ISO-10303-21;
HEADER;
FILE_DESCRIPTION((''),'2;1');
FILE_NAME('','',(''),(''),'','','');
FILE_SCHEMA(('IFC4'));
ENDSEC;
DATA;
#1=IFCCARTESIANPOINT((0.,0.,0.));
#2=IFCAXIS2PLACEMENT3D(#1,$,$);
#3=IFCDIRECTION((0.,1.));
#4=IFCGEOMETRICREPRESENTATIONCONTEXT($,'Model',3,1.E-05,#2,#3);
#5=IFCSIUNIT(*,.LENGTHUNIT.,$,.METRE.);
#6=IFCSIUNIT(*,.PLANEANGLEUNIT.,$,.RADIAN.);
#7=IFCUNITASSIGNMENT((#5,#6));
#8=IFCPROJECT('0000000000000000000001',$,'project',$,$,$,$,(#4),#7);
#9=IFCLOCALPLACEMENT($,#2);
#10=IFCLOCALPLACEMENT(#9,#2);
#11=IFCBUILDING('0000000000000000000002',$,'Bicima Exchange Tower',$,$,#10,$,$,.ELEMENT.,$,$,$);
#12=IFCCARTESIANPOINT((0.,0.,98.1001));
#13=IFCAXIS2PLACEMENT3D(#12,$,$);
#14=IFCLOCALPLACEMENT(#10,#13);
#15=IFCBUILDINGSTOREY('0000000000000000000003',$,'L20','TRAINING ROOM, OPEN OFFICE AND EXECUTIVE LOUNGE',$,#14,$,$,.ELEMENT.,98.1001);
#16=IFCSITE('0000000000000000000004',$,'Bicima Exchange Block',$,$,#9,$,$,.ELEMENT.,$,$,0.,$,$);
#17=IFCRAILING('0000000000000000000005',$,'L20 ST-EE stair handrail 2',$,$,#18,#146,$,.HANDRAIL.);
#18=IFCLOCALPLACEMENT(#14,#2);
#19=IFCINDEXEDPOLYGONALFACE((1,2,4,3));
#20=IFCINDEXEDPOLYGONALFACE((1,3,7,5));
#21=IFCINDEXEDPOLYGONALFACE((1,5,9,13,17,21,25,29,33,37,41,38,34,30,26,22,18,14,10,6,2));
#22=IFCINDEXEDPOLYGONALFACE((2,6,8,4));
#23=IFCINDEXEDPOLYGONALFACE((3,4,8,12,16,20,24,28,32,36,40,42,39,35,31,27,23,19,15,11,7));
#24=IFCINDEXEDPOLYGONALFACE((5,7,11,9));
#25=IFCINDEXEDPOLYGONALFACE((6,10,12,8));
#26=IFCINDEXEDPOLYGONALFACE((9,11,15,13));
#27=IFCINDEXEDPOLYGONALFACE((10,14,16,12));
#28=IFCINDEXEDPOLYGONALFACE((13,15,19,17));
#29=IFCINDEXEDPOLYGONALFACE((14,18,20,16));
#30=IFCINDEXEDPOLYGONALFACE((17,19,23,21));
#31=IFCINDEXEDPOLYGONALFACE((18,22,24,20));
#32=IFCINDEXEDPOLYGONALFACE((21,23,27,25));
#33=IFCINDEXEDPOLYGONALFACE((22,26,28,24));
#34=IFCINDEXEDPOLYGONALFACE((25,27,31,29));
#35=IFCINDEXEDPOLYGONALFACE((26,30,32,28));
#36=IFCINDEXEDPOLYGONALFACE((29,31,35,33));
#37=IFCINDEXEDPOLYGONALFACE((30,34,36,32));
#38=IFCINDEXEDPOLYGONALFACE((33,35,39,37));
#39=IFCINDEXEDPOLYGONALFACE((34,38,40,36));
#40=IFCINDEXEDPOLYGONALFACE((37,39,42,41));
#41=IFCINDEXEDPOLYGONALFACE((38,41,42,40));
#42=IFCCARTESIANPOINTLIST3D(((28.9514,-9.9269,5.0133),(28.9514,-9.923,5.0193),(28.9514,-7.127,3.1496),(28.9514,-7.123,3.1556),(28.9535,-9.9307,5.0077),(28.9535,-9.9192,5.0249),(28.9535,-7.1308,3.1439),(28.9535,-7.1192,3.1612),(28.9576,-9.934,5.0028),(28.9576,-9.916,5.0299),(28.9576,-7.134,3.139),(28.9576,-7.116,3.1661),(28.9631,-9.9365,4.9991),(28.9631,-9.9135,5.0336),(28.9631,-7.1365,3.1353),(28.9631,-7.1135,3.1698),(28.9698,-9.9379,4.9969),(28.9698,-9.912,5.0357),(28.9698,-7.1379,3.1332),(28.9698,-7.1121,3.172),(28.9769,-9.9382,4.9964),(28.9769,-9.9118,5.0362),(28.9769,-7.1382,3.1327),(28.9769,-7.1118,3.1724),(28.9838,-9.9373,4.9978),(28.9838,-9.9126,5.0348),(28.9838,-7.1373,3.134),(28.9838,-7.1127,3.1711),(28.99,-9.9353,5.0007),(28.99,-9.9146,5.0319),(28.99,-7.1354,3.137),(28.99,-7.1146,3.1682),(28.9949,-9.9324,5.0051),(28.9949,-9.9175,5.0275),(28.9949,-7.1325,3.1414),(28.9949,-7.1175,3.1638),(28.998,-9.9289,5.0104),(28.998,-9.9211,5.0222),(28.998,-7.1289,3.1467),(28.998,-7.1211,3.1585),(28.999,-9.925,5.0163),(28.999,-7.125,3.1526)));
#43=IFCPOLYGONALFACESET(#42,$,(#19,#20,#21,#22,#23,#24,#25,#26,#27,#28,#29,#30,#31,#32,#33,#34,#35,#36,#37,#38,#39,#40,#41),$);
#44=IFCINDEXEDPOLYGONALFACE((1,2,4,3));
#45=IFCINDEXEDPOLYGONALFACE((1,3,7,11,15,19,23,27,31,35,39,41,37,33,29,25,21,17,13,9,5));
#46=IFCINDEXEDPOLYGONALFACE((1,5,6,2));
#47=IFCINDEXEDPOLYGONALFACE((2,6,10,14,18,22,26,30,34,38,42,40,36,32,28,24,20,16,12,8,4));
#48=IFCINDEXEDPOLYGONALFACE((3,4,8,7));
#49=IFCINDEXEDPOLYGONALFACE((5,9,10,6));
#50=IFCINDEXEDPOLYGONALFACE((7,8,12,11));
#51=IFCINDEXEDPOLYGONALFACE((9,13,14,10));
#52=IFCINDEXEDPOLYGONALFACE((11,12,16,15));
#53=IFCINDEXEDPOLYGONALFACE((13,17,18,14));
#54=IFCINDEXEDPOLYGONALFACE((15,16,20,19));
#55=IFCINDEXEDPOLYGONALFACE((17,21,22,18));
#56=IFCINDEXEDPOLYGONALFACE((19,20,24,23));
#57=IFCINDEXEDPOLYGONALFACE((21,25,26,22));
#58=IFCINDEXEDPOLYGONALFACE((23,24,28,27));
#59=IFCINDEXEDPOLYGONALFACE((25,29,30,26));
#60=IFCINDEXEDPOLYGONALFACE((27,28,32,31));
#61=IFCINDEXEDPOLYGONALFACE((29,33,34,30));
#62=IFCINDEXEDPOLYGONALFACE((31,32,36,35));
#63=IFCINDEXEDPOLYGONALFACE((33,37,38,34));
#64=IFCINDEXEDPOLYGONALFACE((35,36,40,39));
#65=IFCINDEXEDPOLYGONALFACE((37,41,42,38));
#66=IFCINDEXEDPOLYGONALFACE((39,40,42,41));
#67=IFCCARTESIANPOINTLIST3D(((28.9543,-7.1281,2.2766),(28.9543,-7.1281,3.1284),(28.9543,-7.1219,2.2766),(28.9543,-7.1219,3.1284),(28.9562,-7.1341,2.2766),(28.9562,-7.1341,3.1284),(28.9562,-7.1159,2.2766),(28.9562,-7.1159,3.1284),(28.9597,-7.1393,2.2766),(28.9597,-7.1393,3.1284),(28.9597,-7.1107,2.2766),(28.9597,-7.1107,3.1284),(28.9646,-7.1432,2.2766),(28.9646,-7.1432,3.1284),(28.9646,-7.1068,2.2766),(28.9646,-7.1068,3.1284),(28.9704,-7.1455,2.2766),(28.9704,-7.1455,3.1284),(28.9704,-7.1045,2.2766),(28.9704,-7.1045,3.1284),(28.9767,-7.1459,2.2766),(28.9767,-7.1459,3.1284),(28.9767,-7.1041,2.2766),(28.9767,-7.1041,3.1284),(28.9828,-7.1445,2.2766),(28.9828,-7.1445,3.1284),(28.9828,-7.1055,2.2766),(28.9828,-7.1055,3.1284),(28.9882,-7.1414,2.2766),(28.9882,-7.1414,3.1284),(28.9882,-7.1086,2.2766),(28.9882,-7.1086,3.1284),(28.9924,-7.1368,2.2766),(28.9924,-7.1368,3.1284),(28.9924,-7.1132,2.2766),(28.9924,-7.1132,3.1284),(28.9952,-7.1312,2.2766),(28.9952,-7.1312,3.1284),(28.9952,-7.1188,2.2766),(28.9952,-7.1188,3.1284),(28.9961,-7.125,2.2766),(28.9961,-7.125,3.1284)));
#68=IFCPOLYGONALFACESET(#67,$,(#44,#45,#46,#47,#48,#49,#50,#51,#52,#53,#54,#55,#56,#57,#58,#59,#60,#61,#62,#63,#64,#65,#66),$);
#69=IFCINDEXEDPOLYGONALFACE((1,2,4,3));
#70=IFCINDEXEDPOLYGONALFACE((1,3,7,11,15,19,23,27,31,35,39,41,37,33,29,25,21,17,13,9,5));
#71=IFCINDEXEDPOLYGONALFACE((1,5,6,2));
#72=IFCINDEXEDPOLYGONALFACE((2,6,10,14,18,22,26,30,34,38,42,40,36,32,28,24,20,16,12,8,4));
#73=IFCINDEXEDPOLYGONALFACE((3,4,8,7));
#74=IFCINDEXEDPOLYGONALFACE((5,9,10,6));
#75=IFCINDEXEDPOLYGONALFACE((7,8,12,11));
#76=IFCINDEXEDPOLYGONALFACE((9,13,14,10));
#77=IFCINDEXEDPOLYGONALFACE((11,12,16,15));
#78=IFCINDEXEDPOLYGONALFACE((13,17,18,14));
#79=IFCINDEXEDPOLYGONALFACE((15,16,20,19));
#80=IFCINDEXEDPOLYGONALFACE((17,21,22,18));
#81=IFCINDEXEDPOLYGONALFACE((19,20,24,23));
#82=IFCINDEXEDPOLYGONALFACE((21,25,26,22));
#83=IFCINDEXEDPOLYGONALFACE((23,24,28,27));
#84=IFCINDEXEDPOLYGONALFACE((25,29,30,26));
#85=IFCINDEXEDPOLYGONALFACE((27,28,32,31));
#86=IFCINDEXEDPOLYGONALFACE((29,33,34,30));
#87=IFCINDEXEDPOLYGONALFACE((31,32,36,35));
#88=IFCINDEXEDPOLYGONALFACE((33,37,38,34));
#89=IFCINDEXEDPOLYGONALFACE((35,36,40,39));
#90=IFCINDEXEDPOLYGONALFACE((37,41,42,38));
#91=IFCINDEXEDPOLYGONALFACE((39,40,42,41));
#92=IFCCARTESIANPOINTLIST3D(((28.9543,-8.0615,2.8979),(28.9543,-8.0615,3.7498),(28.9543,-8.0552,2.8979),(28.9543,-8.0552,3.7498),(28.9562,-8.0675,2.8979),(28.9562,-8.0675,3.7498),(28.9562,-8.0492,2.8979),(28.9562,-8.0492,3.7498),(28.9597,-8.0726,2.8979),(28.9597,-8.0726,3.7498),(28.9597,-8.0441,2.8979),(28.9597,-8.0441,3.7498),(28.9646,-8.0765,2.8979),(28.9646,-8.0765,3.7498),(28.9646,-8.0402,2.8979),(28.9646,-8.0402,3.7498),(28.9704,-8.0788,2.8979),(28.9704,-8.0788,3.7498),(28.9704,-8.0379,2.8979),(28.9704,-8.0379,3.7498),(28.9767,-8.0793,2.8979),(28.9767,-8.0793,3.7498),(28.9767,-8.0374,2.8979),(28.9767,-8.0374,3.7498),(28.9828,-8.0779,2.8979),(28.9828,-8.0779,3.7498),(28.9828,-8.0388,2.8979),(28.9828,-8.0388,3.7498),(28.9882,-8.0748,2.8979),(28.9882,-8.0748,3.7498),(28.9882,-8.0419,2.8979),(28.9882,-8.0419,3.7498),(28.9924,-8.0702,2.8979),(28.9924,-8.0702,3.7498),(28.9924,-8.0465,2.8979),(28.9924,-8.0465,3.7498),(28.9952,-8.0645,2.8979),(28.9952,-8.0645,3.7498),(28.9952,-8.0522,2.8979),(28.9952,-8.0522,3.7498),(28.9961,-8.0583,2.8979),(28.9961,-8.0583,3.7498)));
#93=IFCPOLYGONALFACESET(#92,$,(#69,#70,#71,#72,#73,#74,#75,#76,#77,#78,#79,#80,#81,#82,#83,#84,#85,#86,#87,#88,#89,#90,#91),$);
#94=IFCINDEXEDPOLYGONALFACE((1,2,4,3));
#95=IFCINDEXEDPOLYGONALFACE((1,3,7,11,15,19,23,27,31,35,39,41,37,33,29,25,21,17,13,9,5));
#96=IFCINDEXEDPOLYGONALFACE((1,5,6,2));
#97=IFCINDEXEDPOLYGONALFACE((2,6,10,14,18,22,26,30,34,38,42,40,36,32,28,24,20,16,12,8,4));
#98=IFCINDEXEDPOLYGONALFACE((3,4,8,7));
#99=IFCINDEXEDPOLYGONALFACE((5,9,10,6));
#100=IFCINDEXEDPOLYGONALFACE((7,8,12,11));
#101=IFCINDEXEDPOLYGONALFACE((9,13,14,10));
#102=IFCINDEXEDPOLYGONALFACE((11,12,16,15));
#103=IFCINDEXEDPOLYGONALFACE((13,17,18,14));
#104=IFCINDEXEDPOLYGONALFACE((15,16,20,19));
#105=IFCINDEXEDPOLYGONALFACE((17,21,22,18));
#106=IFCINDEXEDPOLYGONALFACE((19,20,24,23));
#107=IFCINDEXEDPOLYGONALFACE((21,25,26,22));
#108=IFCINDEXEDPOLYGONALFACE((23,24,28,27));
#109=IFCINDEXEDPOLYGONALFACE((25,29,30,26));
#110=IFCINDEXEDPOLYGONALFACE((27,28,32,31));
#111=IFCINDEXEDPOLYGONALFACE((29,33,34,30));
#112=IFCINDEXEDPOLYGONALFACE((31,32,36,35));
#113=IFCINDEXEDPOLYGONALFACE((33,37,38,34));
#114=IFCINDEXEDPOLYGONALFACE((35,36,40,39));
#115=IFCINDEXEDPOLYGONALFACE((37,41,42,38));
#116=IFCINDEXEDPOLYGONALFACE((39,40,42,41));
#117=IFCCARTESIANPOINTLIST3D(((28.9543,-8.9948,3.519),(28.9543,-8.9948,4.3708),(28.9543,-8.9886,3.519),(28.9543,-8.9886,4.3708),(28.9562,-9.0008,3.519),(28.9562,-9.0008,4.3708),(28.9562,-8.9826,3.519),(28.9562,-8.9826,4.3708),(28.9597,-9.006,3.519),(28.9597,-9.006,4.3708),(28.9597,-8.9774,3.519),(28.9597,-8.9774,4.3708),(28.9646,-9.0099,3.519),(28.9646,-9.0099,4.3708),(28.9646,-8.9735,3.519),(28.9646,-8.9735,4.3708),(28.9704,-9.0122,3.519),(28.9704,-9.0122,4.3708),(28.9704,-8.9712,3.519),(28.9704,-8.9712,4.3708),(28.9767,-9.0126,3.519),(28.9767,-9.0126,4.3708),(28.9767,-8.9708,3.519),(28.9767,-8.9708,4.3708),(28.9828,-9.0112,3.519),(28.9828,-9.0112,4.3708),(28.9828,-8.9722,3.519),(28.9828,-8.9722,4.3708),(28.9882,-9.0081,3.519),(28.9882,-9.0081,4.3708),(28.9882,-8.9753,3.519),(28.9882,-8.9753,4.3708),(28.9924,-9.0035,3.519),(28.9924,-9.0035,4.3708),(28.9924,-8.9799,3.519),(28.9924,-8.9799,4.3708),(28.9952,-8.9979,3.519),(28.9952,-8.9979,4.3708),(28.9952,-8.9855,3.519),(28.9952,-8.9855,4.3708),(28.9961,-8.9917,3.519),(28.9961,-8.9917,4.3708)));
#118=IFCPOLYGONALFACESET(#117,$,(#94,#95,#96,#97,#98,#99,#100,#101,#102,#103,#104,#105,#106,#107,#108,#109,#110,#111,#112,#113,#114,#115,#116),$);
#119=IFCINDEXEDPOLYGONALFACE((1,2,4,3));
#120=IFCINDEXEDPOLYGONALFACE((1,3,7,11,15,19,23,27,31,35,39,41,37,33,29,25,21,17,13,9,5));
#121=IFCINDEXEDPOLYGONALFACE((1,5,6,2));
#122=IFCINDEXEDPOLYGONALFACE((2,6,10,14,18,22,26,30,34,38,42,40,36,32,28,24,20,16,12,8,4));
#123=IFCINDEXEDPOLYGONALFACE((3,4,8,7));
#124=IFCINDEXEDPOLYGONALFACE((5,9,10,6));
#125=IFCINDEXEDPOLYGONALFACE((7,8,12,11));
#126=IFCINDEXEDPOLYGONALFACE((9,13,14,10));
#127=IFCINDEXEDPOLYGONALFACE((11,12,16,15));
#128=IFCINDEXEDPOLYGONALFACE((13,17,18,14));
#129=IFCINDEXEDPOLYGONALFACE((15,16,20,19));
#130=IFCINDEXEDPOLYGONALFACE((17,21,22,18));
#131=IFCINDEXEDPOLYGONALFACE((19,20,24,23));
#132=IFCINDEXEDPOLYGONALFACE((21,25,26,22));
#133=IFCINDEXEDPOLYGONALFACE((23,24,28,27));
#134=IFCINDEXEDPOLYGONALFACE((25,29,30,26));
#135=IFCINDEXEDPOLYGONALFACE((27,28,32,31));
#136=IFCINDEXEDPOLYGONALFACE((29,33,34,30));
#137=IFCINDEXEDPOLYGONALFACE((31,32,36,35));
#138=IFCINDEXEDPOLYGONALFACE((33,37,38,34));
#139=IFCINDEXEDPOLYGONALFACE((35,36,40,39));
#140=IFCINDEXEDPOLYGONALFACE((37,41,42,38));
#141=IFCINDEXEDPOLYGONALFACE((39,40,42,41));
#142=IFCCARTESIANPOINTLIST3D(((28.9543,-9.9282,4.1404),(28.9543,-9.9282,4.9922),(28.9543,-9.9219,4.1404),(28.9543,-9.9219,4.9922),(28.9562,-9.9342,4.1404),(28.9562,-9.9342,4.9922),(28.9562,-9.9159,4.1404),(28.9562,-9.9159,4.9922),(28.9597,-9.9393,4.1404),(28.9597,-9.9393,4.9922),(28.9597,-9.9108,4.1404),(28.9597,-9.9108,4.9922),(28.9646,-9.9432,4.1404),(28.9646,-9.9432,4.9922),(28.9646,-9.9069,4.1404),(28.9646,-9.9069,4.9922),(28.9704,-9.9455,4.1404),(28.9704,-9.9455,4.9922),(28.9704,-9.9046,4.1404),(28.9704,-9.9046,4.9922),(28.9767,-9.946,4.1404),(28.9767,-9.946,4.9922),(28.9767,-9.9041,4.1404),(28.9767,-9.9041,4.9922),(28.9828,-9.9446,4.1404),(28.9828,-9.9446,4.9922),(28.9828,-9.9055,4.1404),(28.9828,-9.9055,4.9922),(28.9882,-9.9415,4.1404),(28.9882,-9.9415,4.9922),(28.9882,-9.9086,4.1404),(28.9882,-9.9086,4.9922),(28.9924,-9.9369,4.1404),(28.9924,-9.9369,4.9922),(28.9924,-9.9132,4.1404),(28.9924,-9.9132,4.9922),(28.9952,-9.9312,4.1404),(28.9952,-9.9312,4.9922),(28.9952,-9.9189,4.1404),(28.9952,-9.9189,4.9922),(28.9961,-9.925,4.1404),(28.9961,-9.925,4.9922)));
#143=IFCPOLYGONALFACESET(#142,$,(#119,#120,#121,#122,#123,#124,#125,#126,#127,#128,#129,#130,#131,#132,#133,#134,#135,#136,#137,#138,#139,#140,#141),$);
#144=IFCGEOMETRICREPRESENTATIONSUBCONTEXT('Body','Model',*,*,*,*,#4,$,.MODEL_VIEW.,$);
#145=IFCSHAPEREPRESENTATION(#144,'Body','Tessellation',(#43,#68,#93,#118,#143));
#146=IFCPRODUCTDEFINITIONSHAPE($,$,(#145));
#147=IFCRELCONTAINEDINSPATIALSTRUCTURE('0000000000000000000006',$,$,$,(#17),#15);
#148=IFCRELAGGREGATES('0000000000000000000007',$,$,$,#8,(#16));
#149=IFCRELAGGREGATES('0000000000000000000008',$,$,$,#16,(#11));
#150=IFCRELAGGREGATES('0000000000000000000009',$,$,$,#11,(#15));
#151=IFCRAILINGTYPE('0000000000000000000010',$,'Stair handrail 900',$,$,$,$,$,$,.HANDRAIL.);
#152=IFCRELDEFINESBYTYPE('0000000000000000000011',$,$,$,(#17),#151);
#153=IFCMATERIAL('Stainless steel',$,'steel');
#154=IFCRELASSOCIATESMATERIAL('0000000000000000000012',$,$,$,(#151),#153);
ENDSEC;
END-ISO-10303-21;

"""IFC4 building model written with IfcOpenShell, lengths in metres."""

from ifc_helpers import new_model, si_unit, direction, frame, origin, origin_2d, place, context, subcontext, project, spatial, circle, extrude, material, type_object, element, save


model = new_model("IFC4")

# Units and contexts
model_context = context("Model", 3, precision=1e-05, world=origin(), true_north=direction((0.0, 1.0)))
body_context = subcontext(model_context, "Body", "Model", "MODEL_VIEW")
ifc_project = project(units=[si_unit("LENGTHUNIT", "METRE"), si_unit("PLANEANGLEUNIT", "RADIAN")], contexts=[model_context])

# Site, building, storey
site_placement = place(None, origin())
site = spatial("IfcSite", under=ifc_project, at=site_placement, Name="Bicima Exchange Block", CompositionType="ELEMENT", RefElevation=0.0)
building_placement = place(site_placement, origin())
building = spatial("IfcBuilding", under=site, at=building_placement, Name="Bicima Exchange Tower", CompositionType="ELEMENT")
storey_placement = place(building_placement, frame((0.0, 0.0, 98.1001)))
storey = spatial("IfcBuildingStorey", under=building, at=storey_placement, Name="L20", Description="TRAINING ROOM, OPEN OFFICE AND EXECUTIVE LOUNGE", CompositionType="ELEMENT", Elevation=98.1001)

# Railing
ifc_material_1 = material(Name="Stainless steel", Category="steel")
railing_type_1 = type_object("IfcRailingType", Name="Stair handrail 900", PredefinedType="HANDRAIL", material=ifc_material_1)
railing_1_placement = place(storey_placement, frame((28.9751, -7.125, 2.2766)))
element("IfcRailing", 1, at=railing_1_placement, inside=storey, type_object=railing_type_1, Name="L20 ST-EE stair handrail 2", PredefinedType="HANDRAIL", context=body_context, shape_type="SweptSolid", body=[
    extrude(circle(Radius=0.0239, at=origin_2d()), frame((0.0, 0.0, 0.876), z_axis=(0.0, -0.832452, 0.554097), x_axis=(1.0, 0.0, 0.0)), (0.0, 0.0, 1.0), 3.3635),
    extrude(circle(Radius=0.021, at=origin_2d()), origin(), (0.0, 0.0, 1.0), 0.8518),
    extrude(circle(Radius=0.021, at=origin_2d()), frame((0.0, -0.9333, 0.6213)), (0.0, 0.0, 1.0), 0.8518),
    extrude(circle(Radius=0.021, at=origin_2d()), frame((0.0, -1.8667, 1.2424)), (0.0, 0.0, 1.0), 0.8518),
    extrude(circle(Radius=0.021, at=origin_2d()), frame((0.0, -2.8, 1.8638)), (0.0, 0.0, 1.0), 0.8518),
])

save(model, "model.ifc")
